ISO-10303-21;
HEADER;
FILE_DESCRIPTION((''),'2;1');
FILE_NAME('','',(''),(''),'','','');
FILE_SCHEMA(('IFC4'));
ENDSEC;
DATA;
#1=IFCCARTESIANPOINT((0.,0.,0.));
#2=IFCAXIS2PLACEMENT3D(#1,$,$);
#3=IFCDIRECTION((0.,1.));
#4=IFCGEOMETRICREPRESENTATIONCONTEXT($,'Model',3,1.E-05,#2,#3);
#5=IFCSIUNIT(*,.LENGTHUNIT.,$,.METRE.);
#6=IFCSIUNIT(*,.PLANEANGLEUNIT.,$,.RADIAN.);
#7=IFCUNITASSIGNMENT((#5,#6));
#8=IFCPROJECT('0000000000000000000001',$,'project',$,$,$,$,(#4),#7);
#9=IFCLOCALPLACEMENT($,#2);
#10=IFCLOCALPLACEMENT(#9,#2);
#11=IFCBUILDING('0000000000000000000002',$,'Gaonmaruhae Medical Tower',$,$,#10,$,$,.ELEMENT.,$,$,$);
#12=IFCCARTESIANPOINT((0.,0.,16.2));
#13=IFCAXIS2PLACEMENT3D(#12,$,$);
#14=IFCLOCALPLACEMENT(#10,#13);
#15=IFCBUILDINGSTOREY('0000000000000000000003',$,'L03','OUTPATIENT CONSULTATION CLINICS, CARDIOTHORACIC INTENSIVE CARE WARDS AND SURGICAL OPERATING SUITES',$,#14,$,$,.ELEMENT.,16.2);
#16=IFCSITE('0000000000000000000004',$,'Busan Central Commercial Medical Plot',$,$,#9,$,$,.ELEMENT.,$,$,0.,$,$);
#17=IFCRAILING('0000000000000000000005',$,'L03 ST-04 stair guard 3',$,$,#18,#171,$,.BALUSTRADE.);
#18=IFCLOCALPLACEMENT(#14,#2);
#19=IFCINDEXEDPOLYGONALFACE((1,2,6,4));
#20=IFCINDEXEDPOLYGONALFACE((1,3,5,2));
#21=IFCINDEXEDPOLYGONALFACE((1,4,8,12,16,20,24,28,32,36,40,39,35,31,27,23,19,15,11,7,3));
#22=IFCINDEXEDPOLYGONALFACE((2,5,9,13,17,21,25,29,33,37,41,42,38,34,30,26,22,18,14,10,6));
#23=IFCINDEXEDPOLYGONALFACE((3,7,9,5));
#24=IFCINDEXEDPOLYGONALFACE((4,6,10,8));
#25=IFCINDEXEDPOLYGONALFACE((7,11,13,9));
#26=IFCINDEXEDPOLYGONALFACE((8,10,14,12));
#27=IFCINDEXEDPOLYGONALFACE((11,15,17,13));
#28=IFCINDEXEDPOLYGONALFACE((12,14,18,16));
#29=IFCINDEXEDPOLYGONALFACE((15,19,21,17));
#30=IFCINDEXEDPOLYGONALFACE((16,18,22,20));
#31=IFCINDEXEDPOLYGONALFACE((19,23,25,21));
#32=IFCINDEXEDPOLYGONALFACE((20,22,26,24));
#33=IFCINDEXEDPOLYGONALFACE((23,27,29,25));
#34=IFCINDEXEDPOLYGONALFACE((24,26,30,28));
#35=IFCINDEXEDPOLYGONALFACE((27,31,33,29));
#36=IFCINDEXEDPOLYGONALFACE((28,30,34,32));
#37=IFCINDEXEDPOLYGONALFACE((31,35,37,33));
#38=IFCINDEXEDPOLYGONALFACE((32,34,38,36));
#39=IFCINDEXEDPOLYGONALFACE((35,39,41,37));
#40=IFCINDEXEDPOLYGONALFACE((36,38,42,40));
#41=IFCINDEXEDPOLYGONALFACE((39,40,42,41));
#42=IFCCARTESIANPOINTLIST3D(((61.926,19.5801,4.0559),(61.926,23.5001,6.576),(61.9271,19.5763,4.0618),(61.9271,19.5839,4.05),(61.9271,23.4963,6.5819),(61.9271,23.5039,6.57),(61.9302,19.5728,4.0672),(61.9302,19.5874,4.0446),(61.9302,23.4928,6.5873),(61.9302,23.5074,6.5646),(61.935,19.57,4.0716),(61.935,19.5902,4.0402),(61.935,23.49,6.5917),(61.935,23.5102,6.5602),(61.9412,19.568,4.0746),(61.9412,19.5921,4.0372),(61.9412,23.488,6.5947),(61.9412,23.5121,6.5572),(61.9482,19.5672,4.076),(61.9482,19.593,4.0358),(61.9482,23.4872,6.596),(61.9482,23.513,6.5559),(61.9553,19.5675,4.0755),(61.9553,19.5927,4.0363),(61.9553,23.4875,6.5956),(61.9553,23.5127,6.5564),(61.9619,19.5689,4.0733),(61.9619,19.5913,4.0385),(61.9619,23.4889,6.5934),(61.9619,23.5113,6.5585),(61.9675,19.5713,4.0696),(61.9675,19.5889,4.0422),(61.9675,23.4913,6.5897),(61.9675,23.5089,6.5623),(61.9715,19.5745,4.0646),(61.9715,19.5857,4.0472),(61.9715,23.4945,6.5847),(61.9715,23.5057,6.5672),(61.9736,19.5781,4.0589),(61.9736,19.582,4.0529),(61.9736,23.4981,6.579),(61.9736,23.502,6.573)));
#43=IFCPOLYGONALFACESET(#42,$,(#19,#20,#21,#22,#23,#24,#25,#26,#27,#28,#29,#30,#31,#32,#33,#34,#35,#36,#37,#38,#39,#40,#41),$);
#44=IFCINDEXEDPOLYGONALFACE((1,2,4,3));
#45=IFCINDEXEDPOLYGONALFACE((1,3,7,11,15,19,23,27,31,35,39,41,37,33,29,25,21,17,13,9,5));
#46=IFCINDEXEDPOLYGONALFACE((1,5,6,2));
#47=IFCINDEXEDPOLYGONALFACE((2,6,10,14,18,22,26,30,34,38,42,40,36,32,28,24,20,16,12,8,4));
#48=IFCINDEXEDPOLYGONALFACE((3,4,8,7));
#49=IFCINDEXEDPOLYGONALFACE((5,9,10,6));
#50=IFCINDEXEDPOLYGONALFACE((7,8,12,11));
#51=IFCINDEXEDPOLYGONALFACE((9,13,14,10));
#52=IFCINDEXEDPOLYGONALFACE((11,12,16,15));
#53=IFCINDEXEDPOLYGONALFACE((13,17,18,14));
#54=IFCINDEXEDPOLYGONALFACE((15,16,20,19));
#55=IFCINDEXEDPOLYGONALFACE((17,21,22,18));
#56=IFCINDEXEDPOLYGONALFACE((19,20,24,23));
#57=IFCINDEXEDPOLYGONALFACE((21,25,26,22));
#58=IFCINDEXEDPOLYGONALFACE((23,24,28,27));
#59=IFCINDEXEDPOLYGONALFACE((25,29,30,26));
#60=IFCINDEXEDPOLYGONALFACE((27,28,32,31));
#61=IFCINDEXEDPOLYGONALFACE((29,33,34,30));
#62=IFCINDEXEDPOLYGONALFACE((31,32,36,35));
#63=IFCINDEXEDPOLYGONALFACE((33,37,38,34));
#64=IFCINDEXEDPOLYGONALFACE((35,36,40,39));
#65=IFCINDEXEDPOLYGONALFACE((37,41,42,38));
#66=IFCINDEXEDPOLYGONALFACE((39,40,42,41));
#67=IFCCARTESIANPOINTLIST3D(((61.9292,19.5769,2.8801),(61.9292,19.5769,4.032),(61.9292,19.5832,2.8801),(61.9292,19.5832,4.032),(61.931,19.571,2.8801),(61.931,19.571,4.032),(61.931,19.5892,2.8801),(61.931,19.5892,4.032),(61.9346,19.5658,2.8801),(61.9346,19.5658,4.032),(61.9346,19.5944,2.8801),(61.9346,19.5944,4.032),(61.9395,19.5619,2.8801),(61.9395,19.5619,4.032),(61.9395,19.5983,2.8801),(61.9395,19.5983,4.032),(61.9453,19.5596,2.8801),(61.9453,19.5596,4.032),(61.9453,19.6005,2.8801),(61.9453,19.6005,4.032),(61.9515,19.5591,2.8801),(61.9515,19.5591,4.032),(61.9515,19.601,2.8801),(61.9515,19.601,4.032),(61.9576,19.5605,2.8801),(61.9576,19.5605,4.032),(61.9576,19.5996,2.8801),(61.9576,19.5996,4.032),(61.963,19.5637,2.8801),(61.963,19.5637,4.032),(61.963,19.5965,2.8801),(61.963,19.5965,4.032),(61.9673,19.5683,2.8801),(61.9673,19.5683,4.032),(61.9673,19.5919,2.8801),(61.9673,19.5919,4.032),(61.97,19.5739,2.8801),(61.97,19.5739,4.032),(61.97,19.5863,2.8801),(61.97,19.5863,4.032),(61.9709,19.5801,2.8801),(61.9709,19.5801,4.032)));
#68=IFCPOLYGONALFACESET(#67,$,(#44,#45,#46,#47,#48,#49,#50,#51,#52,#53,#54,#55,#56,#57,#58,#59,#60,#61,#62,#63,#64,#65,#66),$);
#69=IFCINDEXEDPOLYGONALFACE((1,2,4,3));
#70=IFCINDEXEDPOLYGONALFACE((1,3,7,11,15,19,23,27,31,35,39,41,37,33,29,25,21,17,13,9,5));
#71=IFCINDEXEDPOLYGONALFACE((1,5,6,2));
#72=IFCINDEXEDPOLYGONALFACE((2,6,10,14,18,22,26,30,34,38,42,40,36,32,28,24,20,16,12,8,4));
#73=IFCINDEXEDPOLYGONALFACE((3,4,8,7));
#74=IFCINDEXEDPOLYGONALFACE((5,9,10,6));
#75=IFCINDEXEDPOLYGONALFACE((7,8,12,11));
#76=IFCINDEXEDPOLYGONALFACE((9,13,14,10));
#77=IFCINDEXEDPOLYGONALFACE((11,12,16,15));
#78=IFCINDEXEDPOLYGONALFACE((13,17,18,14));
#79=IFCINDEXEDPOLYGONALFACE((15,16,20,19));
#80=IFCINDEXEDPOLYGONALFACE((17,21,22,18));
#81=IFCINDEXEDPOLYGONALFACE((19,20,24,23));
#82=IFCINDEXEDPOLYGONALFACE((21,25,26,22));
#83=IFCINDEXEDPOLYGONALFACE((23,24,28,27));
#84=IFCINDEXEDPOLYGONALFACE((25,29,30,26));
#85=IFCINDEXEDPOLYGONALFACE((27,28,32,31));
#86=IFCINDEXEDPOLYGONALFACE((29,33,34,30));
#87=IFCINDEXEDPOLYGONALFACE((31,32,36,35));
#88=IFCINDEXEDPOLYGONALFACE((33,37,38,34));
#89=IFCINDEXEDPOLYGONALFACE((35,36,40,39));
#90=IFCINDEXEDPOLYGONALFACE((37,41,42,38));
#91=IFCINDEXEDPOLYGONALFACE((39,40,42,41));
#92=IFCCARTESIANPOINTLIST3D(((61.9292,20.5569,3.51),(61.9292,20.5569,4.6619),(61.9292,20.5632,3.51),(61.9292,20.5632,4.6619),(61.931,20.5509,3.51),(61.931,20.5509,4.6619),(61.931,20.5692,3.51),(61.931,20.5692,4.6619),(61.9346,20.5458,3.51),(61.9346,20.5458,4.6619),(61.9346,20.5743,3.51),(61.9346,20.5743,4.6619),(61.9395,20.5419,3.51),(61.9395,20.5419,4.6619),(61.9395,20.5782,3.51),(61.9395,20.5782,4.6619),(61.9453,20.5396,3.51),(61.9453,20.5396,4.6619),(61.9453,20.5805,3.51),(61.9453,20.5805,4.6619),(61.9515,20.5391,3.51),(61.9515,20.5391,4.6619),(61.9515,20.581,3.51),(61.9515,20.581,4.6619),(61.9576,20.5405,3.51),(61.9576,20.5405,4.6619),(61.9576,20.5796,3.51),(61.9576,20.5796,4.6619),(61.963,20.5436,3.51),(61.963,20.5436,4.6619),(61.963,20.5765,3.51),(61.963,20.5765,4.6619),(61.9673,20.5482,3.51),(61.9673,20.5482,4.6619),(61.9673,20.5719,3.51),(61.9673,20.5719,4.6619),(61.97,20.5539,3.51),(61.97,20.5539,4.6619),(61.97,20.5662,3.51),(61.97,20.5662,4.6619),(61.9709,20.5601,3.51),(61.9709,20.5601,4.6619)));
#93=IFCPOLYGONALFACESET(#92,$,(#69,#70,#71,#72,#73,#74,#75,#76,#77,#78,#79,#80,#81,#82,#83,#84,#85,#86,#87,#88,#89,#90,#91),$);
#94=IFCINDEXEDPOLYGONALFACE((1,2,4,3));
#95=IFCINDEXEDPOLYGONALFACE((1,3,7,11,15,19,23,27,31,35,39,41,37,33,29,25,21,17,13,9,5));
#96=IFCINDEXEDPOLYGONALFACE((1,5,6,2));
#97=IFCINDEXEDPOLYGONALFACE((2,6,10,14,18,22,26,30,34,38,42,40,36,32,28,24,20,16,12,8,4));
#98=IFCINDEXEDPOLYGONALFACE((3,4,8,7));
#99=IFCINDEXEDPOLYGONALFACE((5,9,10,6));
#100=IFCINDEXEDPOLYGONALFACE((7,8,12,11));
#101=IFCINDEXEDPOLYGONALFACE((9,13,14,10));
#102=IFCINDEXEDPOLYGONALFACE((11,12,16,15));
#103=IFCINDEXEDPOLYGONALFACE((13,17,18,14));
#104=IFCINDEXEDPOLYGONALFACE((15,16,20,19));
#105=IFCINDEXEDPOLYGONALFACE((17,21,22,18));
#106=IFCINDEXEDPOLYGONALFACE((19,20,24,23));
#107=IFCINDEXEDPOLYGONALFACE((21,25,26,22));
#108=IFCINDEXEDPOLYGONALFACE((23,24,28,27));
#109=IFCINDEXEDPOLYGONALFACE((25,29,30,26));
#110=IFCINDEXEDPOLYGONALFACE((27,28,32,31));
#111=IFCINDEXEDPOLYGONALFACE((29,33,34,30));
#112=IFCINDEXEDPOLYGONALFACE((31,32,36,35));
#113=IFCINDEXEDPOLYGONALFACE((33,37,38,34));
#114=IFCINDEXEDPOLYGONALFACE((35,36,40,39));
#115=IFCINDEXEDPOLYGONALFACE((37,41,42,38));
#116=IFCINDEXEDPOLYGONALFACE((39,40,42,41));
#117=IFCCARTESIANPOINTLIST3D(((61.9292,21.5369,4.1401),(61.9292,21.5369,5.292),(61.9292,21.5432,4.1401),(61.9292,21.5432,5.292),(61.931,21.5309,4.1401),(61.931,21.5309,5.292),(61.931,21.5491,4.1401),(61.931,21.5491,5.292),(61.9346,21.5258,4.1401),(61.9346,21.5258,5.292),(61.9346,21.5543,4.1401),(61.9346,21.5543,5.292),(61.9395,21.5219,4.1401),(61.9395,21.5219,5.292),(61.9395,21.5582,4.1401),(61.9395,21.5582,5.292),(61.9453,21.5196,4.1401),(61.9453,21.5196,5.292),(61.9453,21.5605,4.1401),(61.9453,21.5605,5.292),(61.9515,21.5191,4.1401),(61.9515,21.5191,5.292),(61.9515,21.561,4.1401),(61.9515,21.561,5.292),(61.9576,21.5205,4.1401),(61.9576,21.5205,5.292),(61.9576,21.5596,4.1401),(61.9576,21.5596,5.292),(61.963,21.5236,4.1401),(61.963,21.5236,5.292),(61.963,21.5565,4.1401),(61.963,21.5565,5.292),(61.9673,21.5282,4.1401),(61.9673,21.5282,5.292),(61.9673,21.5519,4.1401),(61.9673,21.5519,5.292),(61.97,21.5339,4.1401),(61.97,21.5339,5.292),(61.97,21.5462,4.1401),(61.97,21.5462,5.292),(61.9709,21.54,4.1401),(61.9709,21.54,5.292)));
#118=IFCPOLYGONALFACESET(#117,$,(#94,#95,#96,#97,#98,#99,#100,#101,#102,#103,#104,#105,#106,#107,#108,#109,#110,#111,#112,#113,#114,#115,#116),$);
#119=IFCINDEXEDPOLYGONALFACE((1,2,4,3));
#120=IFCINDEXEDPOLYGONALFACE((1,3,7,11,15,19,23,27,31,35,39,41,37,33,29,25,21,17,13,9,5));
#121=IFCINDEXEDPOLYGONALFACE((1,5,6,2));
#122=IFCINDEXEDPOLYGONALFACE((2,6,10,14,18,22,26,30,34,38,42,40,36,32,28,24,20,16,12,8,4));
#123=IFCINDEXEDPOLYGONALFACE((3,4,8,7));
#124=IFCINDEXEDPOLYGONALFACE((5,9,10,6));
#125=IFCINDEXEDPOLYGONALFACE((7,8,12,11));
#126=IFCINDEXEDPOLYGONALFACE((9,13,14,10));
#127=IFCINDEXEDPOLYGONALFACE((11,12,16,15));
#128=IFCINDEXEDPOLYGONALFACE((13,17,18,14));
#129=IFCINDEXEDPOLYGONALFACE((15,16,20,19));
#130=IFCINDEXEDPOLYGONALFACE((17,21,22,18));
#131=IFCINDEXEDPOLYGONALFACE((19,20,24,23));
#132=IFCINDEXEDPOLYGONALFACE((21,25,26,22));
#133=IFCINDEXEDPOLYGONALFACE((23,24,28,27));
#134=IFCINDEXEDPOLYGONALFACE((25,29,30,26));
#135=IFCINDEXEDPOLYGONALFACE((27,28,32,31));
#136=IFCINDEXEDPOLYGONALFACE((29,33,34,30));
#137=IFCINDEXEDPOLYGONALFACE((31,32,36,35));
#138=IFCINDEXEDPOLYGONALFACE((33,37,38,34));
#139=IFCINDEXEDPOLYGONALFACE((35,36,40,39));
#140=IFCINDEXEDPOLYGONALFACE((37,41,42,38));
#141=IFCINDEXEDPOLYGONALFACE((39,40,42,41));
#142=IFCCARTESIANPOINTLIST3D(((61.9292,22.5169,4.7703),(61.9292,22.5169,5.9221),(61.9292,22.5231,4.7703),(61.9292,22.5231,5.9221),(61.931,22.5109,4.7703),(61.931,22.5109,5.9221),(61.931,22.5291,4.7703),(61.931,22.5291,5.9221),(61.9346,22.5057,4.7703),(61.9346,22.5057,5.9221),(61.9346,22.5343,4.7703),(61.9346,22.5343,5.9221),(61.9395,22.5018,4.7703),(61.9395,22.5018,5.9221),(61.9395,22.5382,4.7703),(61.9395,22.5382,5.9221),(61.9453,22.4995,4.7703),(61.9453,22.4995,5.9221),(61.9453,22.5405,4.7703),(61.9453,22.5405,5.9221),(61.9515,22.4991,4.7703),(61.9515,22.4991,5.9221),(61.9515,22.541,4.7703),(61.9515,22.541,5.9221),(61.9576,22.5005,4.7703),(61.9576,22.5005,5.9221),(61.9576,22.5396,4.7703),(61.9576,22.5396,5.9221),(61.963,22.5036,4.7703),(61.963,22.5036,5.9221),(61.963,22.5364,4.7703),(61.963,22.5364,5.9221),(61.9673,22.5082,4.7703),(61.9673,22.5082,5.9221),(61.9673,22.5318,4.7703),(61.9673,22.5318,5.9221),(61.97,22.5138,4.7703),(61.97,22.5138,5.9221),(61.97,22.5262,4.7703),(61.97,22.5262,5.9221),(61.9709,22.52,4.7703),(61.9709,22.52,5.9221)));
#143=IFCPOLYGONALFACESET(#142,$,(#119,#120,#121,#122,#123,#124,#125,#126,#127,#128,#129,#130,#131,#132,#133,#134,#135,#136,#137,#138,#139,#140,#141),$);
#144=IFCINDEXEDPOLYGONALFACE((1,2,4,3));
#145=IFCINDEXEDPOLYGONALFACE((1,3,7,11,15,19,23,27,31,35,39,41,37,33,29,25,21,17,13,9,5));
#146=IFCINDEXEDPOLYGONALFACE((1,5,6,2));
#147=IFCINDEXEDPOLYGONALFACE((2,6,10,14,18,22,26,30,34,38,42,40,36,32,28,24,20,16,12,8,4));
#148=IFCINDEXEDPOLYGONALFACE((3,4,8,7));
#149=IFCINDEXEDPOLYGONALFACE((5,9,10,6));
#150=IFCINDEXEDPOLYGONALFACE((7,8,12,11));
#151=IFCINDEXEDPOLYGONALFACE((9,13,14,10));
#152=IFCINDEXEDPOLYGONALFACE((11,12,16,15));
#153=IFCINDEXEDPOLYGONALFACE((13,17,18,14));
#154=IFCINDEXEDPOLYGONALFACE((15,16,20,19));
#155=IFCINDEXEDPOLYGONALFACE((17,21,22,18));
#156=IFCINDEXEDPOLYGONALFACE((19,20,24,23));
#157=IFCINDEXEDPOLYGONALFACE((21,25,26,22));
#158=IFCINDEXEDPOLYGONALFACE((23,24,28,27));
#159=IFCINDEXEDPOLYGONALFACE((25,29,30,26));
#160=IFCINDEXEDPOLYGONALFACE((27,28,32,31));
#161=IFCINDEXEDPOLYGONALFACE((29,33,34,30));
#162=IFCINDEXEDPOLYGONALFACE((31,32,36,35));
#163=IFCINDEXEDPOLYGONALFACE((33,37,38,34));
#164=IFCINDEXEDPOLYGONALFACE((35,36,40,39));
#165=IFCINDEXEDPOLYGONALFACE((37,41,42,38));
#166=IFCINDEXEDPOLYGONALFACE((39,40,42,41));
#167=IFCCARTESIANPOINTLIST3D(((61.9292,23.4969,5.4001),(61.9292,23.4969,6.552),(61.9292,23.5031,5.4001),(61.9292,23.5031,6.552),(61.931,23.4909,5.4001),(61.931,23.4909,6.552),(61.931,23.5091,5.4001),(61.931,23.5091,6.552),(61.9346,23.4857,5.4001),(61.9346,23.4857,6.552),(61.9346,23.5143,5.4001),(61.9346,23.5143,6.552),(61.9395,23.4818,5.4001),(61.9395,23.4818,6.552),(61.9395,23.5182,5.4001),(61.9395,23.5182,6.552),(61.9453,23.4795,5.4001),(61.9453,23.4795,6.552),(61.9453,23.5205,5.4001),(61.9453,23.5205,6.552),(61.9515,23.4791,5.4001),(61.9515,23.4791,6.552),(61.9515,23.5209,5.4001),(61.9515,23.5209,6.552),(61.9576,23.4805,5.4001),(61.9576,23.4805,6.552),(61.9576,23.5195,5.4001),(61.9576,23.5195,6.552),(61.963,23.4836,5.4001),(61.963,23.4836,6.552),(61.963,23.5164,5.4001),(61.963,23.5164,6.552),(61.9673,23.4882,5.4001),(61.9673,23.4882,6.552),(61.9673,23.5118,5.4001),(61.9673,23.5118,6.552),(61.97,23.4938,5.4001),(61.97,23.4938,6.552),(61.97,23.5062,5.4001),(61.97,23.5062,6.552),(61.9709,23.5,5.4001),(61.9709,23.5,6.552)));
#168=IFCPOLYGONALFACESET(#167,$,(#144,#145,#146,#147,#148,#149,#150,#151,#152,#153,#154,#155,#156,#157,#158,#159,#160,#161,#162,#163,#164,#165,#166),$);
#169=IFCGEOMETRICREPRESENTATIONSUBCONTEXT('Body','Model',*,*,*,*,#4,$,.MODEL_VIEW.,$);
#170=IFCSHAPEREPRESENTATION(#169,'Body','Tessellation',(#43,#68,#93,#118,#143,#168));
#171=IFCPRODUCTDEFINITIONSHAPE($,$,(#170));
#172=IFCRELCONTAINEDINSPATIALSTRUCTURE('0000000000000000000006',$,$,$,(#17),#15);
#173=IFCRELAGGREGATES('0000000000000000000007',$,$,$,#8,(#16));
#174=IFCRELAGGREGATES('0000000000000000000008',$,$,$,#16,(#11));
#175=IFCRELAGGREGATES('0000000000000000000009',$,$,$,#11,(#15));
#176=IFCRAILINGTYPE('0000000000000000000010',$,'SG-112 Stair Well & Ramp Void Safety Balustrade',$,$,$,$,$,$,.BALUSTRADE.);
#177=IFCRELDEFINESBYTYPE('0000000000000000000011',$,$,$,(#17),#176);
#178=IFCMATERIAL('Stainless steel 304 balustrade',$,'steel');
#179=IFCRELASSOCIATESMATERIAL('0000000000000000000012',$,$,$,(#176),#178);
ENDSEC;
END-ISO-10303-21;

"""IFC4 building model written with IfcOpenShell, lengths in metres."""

from ifc_helpers import new_model, si_unit, direction, frame, origin, origin_2d, place, context, subcontext, project, spatial, circle, extrude, material, type_object, element, save


model = new_model("IFC4")

# Units and contexts
model_context = context("Model", 3, precision=1e-05, world=origin(), true_north=direction((0.0, 1.0)))
body_context = subcontext(model_context, "Body", "Model", "MODEL_VIEW")
ifc_project = project(units=[si_unit("LENGTHUNIT", "METRE"), si_unit("PLANEANGLEUNIT", "RADIAN")], contexts=[model_context])

# Site, building, storey
site_placement = place(None, origin())
site = spatial("IfcSite", under=ifc_project, at=site_placement, Name="Busan Central Commercial Medical Plot", CompositionType="ELEMENT", RefElevation=0.0)
building_placement = place(site_placement, origin())
building = spatial("IfcBuilding", under=site, at=building_placement, Name="Gaonmaruhae Medical Tower", CompositionType="ELEMENT")
storey_placement = place(building_placement, frame((0.0, 0.0, 16.2)))
storey = spatial("IfcBuildingStorey", under=building, at=storey_placement, Name="L03", Description="OUTPATIENT CONSULTATION CLINICS, CARDIOTHORACIC INTENSIVE CARE WARDS AND SURGICAL OPERATING SUITES", CompositionType="ELEMENT", Elevation=16.2)

# Railing
ifc_material_1 = material(Name="Stainless steel 304 balustrade", Category="steel")
railing_type_1 = type_object("IfcRailingType", Name="SG-112 Stair Well & Ramp Void Safety Balustrade", PredefinedType="BALUSTRADE", material=ifc_material_1)
railing_1_placement = place(storey_placement, frame((61.95, 19.5801, 2.8801)))
element("IfcRailing", 1, at=railing_1_placement, inside=storey, type_object=railing_type_1, Name="L03 ST-04 stair guard 3", PredefinedType="BALUSTRADE", context=body_context, shape_type="SweptSolid", body=[
    extrude(circle(Radius=0.0239, at=origin_2d()), frame((0.0, 0.0, 1.1758), z_axis=(0.0, 0.841172, 0.540768), x_axis=(-1.0, 0.0, 0.0)), (0.0, 0.0, 1.0), 4.6602),
    extrude(circle(Radius=0.021, at=origin_2d()), origin(), (0.0, 0.0, 1.0), 1.1519),
    extrude(circle(Radius=0.021, at=origin_2d()), frame((0.0, 0.98, 0.6299)), (0.0, 0.0, 1.0), 1.1519),
    extrude(circle(Radius=0.021, at=origin_2d()), frame((0.0, 1.96, 1.26)), (0.0, 0.0, 1.0), 1.1519),
    extrude(circle(Radius=0.021, at=origin_2d()), frame((0.0, 2.9399, 1.8901)), (0.0, 0.0, 1.0), 1.1519),
    extrude(circle(Radius=0.021, at=origin_2d()), frame((0.0, 3.9199, 2.52)), (0.0, 0.0, 1.0), 1.1519),
])

save(model, "model.ifc")
